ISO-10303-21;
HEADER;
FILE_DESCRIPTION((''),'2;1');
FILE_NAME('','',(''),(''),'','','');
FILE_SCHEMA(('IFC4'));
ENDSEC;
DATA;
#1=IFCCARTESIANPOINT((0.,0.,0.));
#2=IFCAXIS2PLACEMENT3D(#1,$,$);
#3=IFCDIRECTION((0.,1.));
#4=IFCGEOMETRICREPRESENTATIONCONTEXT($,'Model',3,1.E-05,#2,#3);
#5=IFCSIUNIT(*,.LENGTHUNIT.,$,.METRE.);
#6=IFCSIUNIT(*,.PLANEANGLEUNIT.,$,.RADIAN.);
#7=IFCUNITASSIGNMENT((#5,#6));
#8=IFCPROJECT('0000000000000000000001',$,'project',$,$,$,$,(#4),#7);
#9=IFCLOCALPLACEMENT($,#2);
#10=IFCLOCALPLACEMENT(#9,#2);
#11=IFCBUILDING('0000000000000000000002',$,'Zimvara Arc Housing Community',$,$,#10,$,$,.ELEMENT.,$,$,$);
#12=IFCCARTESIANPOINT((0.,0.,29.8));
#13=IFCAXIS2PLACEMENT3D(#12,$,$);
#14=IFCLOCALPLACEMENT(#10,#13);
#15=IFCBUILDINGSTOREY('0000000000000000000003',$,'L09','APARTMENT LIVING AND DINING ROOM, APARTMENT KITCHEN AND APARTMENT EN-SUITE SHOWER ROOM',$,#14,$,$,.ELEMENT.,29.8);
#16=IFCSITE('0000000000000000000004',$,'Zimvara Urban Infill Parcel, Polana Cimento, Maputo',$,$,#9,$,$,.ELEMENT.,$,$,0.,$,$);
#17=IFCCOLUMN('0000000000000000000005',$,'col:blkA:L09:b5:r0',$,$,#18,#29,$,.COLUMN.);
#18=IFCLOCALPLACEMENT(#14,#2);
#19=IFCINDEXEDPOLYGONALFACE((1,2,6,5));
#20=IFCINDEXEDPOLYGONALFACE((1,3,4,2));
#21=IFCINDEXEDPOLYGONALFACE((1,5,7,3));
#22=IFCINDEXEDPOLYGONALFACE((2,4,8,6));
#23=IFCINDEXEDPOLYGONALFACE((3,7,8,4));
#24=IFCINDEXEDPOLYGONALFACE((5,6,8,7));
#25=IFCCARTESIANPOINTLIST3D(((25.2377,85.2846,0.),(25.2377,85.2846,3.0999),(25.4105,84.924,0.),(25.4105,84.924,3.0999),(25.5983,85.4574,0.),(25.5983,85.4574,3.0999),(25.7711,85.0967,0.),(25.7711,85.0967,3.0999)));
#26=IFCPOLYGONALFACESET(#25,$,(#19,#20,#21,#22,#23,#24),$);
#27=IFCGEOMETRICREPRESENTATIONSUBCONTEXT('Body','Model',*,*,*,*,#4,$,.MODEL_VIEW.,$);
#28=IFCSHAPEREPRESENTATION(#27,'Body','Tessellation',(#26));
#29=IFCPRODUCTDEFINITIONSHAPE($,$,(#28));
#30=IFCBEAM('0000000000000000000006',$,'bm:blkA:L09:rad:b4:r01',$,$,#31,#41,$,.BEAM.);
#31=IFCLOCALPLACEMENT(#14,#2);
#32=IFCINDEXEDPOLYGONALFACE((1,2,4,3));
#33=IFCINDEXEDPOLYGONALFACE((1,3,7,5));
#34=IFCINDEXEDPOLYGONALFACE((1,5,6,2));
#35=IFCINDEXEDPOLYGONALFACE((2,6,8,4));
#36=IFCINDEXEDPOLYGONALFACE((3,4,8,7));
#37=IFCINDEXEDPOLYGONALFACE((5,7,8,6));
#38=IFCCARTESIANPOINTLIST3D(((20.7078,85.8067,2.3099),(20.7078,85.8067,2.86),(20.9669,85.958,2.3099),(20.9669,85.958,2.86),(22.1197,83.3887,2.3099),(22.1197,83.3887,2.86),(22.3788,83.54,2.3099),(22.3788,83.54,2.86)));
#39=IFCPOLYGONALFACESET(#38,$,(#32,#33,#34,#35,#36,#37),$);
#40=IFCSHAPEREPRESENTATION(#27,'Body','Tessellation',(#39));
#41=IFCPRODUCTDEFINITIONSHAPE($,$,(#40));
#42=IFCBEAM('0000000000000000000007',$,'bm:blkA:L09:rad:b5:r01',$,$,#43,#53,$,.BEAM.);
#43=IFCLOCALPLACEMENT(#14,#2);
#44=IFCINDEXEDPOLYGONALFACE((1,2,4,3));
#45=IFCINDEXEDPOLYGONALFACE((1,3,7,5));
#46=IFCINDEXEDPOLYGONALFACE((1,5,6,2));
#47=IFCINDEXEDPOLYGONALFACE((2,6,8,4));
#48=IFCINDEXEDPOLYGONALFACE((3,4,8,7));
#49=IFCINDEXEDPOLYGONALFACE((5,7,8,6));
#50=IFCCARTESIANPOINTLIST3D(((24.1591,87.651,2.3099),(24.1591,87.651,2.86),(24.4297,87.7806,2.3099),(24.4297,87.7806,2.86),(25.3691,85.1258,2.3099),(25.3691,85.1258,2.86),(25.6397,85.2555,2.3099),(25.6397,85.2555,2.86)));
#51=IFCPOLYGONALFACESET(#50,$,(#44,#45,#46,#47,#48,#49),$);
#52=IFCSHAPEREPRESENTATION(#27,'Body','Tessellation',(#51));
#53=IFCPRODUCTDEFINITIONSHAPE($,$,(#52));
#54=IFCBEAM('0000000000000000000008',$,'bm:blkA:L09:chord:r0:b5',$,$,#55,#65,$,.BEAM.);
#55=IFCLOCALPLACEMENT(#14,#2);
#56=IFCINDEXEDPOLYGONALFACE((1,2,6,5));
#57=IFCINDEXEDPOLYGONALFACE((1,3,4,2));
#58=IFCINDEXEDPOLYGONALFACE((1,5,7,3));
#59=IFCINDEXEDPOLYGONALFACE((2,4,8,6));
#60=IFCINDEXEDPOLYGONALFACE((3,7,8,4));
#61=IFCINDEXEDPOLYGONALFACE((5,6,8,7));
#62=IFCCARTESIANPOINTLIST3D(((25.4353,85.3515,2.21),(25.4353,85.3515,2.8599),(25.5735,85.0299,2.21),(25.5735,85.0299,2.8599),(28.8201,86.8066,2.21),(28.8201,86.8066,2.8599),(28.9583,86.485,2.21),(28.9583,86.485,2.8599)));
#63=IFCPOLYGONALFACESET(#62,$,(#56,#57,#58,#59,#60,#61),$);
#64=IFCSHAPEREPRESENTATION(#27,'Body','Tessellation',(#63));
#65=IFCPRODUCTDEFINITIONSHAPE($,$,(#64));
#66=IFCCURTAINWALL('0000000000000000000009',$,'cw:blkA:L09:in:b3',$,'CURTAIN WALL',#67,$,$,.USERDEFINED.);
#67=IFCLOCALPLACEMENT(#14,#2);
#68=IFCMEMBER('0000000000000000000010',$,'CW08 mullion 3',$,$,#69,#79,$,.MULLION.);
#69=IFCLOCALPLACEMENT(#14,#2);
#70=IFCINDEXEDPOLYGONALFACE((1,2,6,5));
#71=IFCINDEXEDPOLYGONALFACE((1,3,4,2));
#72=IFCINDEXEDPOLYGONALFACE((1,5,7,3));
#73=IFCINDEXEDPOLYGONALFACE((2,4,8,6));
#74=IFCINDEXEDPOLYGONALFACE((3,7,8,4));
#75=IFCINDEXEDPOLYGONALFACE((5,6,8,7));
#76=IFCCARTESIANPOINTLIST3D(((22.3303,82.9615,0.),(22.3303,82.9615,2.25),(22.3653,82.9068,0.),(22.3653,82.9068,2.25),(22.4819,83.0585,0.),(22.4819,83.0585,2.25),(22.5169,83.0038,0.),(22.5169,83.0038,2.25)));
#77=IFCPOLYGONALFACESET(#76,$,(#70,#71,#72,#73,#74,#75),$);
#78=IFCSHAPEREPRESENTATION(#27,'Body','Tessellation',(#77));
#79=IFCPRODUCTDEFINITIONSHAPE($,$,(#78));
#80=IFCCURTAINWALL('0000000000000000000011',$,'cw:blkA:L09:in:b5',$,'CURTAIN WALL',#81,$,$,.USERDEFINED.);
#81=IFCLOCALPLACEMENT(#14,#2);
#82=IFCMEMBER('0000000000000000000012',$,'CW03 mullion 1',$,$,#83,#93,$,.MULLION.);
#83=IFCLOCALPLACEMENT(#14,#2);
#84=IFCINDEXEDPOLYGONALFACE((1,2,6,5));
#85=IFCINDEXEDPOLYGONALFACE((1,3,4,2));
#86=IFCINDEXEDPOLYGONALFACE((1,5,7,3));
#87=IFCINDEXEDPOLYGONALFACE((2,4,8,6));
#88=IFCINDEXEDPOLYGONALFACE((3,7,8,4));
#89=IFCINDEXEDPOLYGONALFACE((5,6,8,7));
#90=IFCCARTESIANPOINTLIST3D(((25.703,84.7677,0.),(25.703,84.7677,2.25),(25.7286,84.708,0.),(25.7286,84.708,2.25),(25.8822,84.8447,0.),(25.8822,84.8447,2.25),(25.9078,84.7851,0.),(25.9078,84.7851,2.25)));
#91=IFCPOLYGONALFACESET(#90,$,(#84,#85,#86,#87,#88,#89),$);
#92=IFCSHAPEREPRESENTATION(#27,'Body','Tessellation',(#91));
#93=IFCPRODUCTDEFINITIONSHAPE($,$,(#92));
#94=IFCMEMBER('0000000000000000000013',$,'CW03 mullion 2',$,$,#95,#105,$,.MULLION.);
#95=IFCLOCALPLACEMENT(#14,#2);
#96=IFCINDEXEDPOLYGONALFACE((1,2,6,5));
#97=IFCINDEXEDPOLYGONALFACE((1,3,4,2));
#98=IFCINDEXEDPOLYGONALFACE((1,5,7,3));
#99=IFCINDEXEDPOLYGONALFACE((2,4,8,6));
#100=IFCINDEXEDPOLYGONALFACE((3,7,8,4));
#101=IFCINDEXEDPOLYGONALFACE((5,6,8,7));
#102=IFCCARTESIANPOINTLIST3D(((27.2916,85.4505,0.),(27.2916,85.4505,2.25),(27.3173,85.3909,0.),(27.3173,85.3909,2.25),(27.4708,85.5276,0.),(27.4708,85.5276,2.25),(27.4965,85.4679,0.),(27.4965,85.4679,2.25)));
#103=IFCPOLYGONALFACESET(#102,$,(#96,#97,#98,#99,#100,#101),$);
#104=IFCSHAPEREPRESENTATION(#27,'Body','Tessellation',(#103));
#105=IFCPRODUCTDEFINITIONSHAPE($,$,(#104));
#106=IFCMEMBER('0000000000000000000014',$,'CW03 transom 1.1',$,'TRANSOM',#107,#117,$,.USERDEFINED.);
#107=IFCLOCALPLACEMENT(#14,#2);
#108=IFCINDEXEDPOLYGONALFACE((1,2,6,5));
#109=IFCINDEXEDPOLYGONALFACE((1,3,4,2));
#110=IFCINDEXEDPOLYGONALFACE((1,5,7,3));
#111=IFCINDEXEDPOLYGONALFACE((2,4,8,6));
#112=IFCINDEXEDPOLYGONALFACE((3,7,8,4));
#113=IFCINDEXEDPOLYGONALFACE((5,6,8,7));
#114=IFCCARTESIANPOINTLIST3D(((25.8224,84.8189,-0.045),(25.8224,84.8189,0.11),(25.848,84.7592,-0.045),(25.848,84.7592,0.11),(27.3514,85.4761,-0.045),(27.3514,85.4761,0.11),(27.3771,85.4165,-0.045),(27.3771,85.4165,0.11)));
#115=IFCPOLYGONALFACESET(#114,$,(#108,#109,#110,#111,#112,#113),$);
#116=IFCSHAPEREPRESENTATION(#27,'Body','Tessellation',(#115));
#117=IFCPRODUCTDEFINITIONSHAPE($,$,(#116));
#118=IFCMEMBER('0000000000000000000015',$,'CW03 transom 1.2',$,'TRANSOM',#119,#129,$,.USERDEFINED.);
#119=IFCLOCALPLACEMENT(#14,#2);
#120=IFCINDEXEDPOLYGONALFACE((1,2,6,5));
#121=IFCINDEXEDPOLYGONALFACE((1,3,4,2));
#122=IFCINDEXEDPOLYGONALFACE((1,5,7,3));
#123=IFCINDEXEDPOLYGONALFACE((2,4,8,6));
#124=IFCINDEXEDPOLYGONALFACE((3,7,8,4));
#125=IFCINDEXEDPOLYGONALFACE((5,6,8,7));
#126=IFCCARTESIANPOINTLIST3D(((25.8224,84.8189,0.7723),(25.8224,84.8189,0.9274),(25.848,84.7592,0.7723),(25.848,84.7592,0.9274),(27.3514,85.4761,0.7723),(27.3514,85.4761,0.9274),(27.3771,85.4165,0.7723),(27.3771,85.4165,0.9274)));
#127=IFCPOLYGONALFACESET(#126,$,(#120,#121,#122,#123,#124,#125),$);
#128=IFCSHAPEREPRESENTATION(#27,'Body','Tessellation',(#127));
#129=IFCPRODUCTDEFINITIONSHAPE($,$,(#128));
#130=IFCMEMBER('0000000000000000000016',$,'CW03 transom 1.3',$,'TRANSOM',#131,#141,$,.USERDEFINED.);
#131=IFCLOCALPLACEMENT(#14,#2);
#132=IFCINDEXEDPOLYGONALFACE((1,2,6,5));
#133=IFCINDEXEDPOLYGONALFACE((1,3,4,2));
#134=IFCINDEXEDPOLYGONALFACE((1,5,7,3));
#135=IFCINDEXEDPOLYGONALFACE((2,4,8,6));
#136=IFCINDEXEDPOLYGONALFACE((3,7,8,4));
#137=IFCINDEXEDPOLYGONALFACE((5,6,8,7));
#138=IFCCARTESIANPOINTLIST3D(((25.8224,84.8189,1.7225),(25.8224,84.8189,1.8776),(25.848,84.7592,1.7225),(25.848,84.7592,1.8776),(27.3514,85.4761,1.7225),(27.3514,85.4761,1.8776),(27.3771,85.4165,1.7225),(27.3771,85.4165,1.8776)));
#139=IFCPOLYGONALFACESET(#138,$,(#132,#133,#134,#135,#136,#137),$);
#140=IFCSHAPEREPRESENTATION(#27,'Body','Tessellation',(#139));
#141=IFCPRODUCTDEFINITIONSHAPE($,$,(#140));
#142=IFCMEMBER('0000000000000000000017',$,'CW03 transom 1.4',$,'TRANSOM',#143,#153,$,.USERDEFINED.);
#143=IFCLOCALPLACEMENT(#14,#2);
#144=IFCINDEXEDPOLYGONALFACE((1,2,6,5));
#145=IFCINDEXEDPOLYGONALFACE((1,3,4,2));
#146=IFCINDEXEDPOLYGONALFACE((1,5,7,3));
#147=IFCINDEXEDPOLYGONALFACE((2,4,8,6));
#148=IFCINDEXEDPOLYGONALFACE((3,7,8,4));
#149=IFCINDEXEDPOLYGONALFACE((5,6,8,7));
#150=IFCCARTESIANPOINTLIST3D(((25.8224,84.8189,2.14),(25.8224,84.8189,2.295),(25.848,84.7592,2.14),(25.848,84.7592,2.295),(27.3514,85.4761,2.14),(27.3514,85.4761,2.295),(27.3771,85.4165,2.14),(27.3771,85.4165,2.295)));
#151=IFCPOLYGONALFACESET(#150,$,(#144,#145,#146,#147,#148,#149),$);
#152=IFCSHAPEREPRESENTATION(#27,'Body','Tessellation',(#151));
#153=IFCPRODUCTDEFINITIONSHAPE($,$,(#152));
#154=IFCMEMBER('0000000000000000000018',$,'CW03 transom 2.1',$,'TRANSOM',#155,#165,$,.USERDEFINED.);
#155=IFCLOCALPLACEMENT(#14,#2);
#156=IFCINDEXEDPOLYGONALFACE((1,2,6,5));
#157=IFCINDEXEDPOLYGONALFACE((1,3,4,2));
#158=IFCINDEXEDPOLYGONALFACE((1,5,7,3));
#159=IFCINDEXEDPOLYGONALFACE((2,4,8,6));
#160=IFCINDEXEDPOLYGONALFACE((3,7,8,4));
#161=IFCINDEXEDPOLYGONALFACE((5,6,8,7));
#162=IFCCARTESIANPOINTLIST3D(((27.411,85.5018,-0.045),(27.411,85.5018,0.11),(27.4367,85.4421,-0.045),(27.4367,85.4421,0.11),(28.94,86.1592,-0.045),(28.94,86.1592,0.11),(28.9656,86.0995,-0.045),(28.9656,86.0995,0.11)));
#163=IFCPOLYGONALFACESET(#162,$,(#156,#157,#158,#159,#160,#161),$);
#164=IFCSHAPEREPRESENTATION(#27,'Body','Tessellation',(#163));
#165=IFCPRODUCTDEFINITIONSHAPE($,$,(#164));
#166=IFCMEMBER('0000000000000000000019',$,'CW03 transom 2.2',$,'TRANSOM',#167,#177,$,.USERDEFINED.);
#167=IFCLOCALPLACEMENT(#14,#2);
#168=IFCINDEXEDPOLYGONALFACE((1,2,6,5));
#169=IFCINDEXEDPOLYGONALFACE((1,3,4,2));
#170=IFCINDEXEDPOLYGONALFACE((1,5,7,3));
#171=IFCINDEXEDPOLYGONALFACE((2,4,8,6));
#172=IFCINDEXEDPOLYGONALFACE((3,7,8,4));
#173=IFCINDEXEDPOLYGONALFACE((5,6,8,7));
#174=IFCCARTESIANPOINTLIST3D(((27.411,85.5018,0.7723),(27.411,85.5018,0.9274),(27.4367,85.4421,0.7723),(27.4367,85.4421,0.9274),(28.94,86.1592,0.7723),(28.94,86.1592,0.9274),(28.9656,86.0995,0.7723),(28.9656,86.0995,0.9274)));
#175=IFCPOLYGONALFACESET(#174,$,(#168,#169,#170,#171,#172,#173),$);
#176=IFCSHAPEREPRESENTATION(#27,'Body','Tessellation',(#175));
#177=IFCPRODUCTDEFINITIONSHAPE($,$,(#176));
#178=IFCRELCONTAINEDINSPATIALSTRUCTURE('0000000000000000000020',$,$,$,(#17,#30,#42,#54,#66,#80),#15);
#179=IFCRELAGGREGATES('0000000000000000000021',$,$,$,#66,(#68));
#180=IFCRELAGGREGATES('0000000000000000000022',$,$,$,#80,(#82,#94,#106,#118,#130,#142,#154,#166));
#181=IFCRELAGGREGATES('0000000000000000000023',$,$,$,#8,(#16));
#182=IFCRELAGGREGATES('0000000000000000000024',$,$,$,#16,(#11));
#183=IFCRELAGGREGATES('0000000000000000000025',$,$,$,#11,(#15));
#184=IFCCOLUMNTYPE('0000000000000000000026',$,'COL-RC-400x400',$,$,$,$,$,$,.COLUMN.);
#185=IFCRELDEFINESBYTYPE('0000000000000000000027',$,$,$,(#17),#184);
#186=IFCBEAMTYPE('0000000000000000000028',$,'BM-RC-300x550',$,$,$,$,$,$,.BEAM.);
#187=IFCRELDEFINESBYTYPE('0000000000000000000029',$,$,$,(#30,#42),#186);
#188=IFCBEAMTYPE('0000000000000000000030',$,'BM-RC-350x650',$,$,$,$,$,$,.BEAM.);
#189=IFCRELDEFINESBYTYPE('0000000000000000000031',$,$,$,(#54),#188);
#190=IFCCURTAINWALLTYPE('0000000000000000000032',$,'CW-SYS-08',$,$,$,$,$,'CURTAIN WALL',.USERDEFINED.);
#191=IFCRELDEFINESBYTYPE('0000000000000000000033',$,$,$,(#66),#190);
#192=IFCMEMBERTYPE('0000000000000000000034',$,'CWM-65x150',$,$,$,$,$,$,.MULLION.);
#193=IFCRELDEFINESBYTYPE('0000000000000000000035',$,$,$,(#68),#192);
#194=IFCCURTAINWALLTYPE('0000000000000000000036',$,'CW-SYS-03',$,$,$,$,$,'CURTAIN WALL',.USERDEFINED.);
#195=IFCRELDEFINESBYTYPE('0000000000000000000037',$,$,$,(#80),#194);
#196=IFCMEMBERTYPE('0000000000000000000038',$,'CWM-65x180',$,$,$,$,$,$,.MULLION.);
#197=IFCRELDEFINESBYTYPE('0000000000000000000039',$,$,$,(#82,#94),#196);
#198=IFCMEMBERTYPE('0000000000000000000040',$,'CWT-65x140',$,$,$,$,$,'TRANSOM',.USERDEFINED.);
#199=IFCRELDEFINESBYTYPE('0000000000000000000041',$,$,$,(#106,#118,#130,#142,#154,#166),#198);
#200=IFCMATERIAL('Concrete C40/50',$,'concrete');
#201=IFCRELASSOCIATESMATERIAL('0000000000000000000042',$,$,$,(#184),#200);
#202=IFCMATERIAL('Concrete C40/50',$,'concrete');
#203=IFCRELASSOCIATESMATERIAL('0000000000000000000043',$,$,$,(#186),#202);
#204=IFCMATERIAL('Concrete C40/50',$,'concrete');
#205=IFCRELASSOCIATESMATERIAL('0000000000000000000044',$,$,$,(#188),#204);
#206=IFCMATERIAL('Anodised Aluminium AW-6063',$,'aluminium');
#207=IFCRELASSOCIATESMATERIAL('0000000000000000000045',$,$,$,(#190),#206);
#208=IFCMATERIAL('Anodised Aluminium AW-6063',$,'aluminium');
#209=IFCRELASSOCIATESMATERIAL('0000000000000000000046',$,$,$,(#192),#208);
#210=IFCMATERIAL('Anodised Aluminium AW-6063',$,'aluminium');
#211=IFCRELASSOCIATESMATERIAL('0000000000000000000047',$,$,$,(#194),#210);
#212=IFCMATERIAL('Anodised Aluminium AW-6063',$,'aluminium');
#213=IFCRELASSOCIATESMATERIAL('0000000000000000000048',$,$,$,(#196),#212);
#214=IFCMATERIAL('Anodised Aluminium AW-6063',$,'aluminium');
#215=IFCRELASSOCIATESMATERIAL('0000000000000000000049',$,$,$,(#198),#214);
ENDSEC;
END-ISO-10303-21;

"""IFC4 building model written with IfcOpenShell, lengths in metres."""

from ifc_helpers import new_model, si_unit, direction, frame, origin, origin_2d, place, context, subcontext, project, spatial, rectangle, extrude, material, material_profile, profile_set, type_object, element, aggregate, save


model = new_model("IFC4")

# Units and contexts
model_context = context("Model", 3, precision=1e-05, world=origin(), true_north=direction((0.0, 1.0)))
body_context = subcontext(model_context, "Body", "Model", "MODEL_VIEW")
ifc_project = project(units=[si_unit("LENGTHUNIT", "METRE"), si_unit("PLANEANGLEUNIT", "RADIAN")], contexts=[model_context])

# Site, building, storey
site_placement = place(None, origin())
site = spatial("IfcSite", under=ifc_project, at=site_placement, Name="Zimvara Urban Infill Parcel, Polana Cimento, Maputo", CompositionType="ELEMENT", RefElevation=0.0)
building_placement = place(site_placement, origin())
building = spatial("IfcBuilding", under=site, at=building_placement, Name="Zimvara Arc Housing Community", CompositionType="ELEMENT")
storey_placement = place(building_placement, frame((0.0, 0.0, 29.8)))
storey = spatial("IfcBuildingStorey", under=building, at=storey_placement, Name="L09", Description="APARTMENT LIVING AND DINING ROOM, APARTMENT KITCHEN AND APARTMENT EN-SUITE SHOWER ROOM", CompositionType="ELEMENT", Elevation=29.8)

# Column
ifc_material_1 = material(Name="Concrete C40/50", Category="concrete")
ifc_material_profile_1 = material_profile(ifc_material_1, rectangle(XDim=0.3999, YDim=0.3999, at=origin_2d()), Name="RC 400x400")
ifc_profile_set_1 = profile_set([ifc_material_profile_1], Name="Concrete C40/50")
column_type = type_object("IfcColumnType", Name="COL-RC-400x400", PredefinedType="COLUMN", material=ifc_profile_set_1)
column_placement = place(storey_placement, frame((25.5044, 85.1907, 0.0), z_axis=(0.0, 0.0, 1.0), x_axis=(-0.432086, 0.901833, 0.0)))
element("IfcColumn", 1, at=column_placement, inside=storey, type_object=column_type, Name="col:blkA:L09:b5:r0", PredefinedType="COLUMN", context=body_context, shape_type="SweptSolid", body=[
    extrude(rectangle(XDim=0.3999, YDim=0.3999, at=origin_2d()), origin(), (0.0, 0.0, 1.0), 3.0999),
])

# Beams
ifc_material_2 = material(Name="Concrete C40/50", Category="concrete")
ifc_material_profile_2 = material_profile(ifc_material_2, rectangle(XDim=0.3, YDim=0.55, at=origin_2d()), Name="RC 300x550")
ifc_profile_set_2 = profile_set([ifc_material_profile_2], Name="Concrete C40/50")
beam_type_1 = type_object("IfcBeamType", Name="BM-RC-300x550", PredefinedType="BEAM", material=ifc_profile_set_2)
for number, where, z_axis, x_axis, name in (
    (2, (22.2493, 83.4644, 2.585), (-0.50424, 0.863564, 0.0), (-0.863564, -0.50424, 0.0), "bm:blkA:L09:rad:b4:r01"),
    (3, (25.5044, 85.1907, 2.585), (-0.432119, 0.901817, 0.0), (-0.901817, -0.432119, 0.0), "bm:blkA:L09:rad:b5:r01"),
):
    element("IfcBeam", number, at=place(storey_placement, frame(where, z_axis=z_axis, x_axis=x_axis)), inside=storey, type_object=beam_type_1, Name=name, PredefinedType="BEAM", context=body_context, shape_type="SweptSolid", body=[
        extrude(rectangle(XDim=0.3, YDim=0.55, at=origin_2d()), origin(), (0.0, 0.0, 1.0), 2.8),
    ])
ifc_material_3 = material(Name="Concrete C40/50", Category="concrete")
ifc_material_profile_3 = material_profile(ifc_material_3, rectangle(XDim=0.3501, YDim=0.6499, at=origin_2d()), Name="RC 350x650")
ifc_profile_set_3 = profile_set([ifc_material_profile_3], Name="Concrete C40/50")
beam_type_2 = type_object("IfcBeamType", Name="BM-RC-350x650", PredefinedType="BEAM", material=ifc_profile_set_3)
beam_placement = place(storey_placement, frame((25.5044, 85.1907, 2.5349), z_axis=(0.918706, 0.394943, 0.0), x_axis=(-0.394943, 0.918706, 0.0)))
element("IfcBeam", 4, at=beam_placement, inside=storey, type_object=beam_type_2, Name="bm:blkA:L09:chord:r0:b5", PredefinedType="BEAM", context=body_context, shape_type="SweptSolid", body=[
    extrude(rectangle(XDim=0.3501, YDim=0.6499, at=origin_2d()), origin(), (0.0, 0.0, 1.0), 3.6843),
])

# Curtain wall, member
ifc_material_4 = material(Name="Anodised Aluminium AW-6063", Category="aluminium")
curtain_wall_type_1 = type_object("IfcCurtainWallType", Name="CW-SYS-08", ElementType="CURTAIN WALL", PredefinedType="USERDEFINED", material=ifc_material_4)
curtain_wall_1_placement = place(storey_placement, origin())
curtain_wall_1 = element("IfcCurtainWall", 5, at=curtain_wall_1_placement, inside=storey, type_object=curtain_wall_type_1, Name="cw:blkA:L09:in:b3", ObjectType="CURTAIN WALL", PredefinedType="USERDEFINED")
ifc_material_5 = material(Name="Anodised Aluminium AW-6063", Category="aluminium")
ifc_material_profile_4 = material_profile(ifc_material_5, rectangle(XDim=0.0649, YDim=0.1799, at=origin_2d()), Name="ALU 65x180")
ifc_profile_set_4 = profile_set([ifc_material_profile_4], Name="Anodised Aluminium AW-6063")
member_type_1 = type_object("IfcMemberType", Name="CWM-65x150", PredefinedType="MULLION", material=ifc_profile_set_4)
member_1_placement = place(storey_placement, frame((22.4236, 82.9827, 0.0), z_axis=(0.0, 0.0, 1.0), x_axis=(-0.539064, 0.842265, 0.0)))
member_1 = element("IfcMember", 6, at=member_1_placement, type_object=member_type_1, Name="CW08 mullion 3", PredefinedType="MULLION", context=body_context, shape_type="SweptSolid", body=[
    extrude(rectangle(XDim=0.0649, YDim=0.1799, at=origin_2d()), origin(), (0.0, 0.0, 1.0), 2.25),
])
aggregate(curtain_wall_1, [member_1])

# Curtain wall, members
ifc_material_6 = material(Name="Anodised Aluminium AW-6063", Category="aluminium")
curtain_wall_type_2 = type_object("IfcCurtainWallType", Name="CW-SYS-03", ElementType="CURTAIN WALL", PredefinedType="USERDEFINED", material=ifc_material_6)
curtain_wall_2_placement = place(storey_placement, origin())
curtain_wall_2 = element("IfcCurtainWall", 7, at=curtain_wall_2_placement, inside=storey, type_object=curtain_wall_type_2, Name="cw:blkA:L09:in:b5", ObjectType="CURTAIN WALL", PredefinedType="USERDEFINED")
ifc_material_7 = material(Name="Anodised Aluminium AW-6063", Category="aluminium")
ifc_material_profile_5 = material_profile(ifc_material_7, rectangle(XDim=0.0649, YDim=0.1951, at=origin_2d()), Name="ALU 65x195")
ifc_profile_set_5 = profile_set([ifc_material_profile_5], Name="Anodised Aluminium AW-6063")
member_type_2 = type_object("IfcMemberType", Name="CWM-65x180", PredefinedType="MULLION", material=ifc_profile_set_5)
member_2_placement = place(storey_placement, frame((25.8054, 84.7764, 0.0), z_axis=(0.0, 0.0, 1.0), x_axis=(-0.394904, 0.918722, 0.0)))
member_2 = element("IfcMember", 8, at=member_2_placement, type_object=member_type_2, Name="CW03 mullion 1", PredefinedType="MULLION", context=body_context, shape_type="SweptSolid", body=[
    extrude(rectangle(XDim=0.0649, YDim=0.1951, at=origin_2d()), origin(), (0.0, 0.0, 1.0), 2.25),
])
member_3_placement = place(storey_placement, frame((27.394, 85.4592, 0.0), z_axis=(0.0, 0.0, 1.0), x_axis=(-0.394904, 0.918722, 0.0)))
member_3 = element("IfcMember", 9, at=member_3_placement, type_object=member_type_2, Name="CW03 mullion 2", PredefinedType="MULLION", context=body_context, shape_type="SweptSolid", body=[
    extrude(rectangle(XDim=0.0649, YDim=0.1951, at=origin_2d()), origin(), (0.0, 0.0, 1.0), 2.25),
])
ifc_material_8 = material(Name="Anodised Aluminium AW-6063", Category="aluminium")
ifc_material_profile_6 = material_profile(ifc_material_8, rectangle(XDim=0.0649, YDim=0.155, at=origin_2d()), Name="ALU 65x155")
ifc_profile_set_6 = profile_set([ifc_material_profile_6], Name="Anodised Aluminium AW-6063")
member_type_3 = type_object("IfcMemberType", Name="CWT-65x140", ElementType="TRANSOM", PredefinedType="USERDEFINED", material=ifc_profile_set_6)
member_4_placement = place(storey_placement, frame((25.8352, 84.7891, 0.0325), z_axis=(0.918727, 0.394893, 0.0), x_axis=(-0.394893, 0.918727, 0.0)))
member_4 = element("IfcMember", 10, at=member_4_placement, type_object=member_type_3, Name="CW03 transom 1.1", ObjectType="TRANSOM", PredefinedType="USERDEFINED", context=body_context, shape_type="SweptSolid", body=[
    extrude(rectangle(XDim=0.0649, YDim=0.155, at=origin_2d()), origin(), (0.0, 0.0, 1.0), 1.6643),
])
member_5_placement = place(storey_placement, frame((25.8352, 84.7891, 0.8499), z_axis=(0.918727, 0.394893, 0.0), x_axis=(-0.394893, 0.918727, 0.0)))
member_5 = element("IfcMember", 11, at=member_5_placement, type_object=member_type_3, Name="CW03 transom 1.2", ObjectType="TRANSOM", PredefinedType="USERDEFINED", context=body_context, shape_type="SweptSolid", body=[
    extrude(rectangle(XDim=0.0649, YDim=0.155, at=origin_2d()), origin(), (0.0, 0.0, 1.0), 1.6643),
])
member_6_placement = place(storey_placement, frame((25.8352, 84.7891, 1.8), z_axis=(0.918727, 0.394893, 0.0), x_axis=(-0.394893, 0.918727, 0.0)))
member_6 = element("IfcMember", 12, at=member_6_placement, type_object=member_type_3, Name="CW03 transom 1.3", ObjectType="TRANSOM", PredefinedType="USERDEFINED", context=body_context, shape_type="SweptSolid", body=[
    extrude(rectangle(XDim=0.0649, YDim=0.155, at=origin_2d()), origin(), (0.0, 0.0, 1.0), 1.6643),
])
member_7_placement = place(storey_placement, frame((25.8352, 84.7891, 2.2175), z_axis=(0.918727, 0.394893, 0.0), x_axis=(-0.394893, 0.918727, 0.0)))
member_7 = element("IfcMember", 13, at=member_7_placement, type_object=member_type_3, Name="CW03 transom 1.4", ObjectType="TRANSOM", PredefinedType="USERDEFINED", context=body_context, shape_type="SweptSolid", body=[
    extrude(rectangle(XDim=0.0649, YDim=0.155, at=origin_2d()), origin(), (0.0, 0.0, 1.0), 1.6643),
])
member_8_placement = place(storey_placement, frame((27.4238, 85.4719, 0.0325), z_axis=(0.918674, 0.395017, 0.0), x_axis=(-0.395017, 0.918674, 0.0)))
member_8 = element("IfcMember", 14, at=member_8_placement, type_object=member_type_3, Name="CW03 transom 2.1", ObjectType="TRANSOM", PredefinedType="USERDEFINED", context=body_context, shape_type="SweptSolid", body=[
    extrude(rectangle(XDim=0.0649, YDim=0.155, at=origin_2d()), origin(), (0.0, 0.0, 1.0), 1.6643),
])
member_9_placement = place(storey_placement, frame((27.4238, 85.4719, 0.8499), z_axis=(0.918674, 0.395017, 0.0), x_axis=(-0.395017, 0.918674, 0.0)))
member_9 = element("IfcMember", 15, at=member_9_placement, type_object=member_type_3, Name="CW03 transom 2.2", ObjectType="TRANSOM", PredefinedType="USERDEFINED", context=body_context, shape_type="SweptSolid", body=[
    extrude(rectangle(XDim=0.0649, YDim=0.155, at=origin_2d()), origin(), (0.0, 0.0, 1.0), 1.6643),
])
aggregate(curtain_wall_2, [member_2, member_3, member_4, member_5, member_6, member_7, member_8, member_9])

save(model, "model.ifc")
